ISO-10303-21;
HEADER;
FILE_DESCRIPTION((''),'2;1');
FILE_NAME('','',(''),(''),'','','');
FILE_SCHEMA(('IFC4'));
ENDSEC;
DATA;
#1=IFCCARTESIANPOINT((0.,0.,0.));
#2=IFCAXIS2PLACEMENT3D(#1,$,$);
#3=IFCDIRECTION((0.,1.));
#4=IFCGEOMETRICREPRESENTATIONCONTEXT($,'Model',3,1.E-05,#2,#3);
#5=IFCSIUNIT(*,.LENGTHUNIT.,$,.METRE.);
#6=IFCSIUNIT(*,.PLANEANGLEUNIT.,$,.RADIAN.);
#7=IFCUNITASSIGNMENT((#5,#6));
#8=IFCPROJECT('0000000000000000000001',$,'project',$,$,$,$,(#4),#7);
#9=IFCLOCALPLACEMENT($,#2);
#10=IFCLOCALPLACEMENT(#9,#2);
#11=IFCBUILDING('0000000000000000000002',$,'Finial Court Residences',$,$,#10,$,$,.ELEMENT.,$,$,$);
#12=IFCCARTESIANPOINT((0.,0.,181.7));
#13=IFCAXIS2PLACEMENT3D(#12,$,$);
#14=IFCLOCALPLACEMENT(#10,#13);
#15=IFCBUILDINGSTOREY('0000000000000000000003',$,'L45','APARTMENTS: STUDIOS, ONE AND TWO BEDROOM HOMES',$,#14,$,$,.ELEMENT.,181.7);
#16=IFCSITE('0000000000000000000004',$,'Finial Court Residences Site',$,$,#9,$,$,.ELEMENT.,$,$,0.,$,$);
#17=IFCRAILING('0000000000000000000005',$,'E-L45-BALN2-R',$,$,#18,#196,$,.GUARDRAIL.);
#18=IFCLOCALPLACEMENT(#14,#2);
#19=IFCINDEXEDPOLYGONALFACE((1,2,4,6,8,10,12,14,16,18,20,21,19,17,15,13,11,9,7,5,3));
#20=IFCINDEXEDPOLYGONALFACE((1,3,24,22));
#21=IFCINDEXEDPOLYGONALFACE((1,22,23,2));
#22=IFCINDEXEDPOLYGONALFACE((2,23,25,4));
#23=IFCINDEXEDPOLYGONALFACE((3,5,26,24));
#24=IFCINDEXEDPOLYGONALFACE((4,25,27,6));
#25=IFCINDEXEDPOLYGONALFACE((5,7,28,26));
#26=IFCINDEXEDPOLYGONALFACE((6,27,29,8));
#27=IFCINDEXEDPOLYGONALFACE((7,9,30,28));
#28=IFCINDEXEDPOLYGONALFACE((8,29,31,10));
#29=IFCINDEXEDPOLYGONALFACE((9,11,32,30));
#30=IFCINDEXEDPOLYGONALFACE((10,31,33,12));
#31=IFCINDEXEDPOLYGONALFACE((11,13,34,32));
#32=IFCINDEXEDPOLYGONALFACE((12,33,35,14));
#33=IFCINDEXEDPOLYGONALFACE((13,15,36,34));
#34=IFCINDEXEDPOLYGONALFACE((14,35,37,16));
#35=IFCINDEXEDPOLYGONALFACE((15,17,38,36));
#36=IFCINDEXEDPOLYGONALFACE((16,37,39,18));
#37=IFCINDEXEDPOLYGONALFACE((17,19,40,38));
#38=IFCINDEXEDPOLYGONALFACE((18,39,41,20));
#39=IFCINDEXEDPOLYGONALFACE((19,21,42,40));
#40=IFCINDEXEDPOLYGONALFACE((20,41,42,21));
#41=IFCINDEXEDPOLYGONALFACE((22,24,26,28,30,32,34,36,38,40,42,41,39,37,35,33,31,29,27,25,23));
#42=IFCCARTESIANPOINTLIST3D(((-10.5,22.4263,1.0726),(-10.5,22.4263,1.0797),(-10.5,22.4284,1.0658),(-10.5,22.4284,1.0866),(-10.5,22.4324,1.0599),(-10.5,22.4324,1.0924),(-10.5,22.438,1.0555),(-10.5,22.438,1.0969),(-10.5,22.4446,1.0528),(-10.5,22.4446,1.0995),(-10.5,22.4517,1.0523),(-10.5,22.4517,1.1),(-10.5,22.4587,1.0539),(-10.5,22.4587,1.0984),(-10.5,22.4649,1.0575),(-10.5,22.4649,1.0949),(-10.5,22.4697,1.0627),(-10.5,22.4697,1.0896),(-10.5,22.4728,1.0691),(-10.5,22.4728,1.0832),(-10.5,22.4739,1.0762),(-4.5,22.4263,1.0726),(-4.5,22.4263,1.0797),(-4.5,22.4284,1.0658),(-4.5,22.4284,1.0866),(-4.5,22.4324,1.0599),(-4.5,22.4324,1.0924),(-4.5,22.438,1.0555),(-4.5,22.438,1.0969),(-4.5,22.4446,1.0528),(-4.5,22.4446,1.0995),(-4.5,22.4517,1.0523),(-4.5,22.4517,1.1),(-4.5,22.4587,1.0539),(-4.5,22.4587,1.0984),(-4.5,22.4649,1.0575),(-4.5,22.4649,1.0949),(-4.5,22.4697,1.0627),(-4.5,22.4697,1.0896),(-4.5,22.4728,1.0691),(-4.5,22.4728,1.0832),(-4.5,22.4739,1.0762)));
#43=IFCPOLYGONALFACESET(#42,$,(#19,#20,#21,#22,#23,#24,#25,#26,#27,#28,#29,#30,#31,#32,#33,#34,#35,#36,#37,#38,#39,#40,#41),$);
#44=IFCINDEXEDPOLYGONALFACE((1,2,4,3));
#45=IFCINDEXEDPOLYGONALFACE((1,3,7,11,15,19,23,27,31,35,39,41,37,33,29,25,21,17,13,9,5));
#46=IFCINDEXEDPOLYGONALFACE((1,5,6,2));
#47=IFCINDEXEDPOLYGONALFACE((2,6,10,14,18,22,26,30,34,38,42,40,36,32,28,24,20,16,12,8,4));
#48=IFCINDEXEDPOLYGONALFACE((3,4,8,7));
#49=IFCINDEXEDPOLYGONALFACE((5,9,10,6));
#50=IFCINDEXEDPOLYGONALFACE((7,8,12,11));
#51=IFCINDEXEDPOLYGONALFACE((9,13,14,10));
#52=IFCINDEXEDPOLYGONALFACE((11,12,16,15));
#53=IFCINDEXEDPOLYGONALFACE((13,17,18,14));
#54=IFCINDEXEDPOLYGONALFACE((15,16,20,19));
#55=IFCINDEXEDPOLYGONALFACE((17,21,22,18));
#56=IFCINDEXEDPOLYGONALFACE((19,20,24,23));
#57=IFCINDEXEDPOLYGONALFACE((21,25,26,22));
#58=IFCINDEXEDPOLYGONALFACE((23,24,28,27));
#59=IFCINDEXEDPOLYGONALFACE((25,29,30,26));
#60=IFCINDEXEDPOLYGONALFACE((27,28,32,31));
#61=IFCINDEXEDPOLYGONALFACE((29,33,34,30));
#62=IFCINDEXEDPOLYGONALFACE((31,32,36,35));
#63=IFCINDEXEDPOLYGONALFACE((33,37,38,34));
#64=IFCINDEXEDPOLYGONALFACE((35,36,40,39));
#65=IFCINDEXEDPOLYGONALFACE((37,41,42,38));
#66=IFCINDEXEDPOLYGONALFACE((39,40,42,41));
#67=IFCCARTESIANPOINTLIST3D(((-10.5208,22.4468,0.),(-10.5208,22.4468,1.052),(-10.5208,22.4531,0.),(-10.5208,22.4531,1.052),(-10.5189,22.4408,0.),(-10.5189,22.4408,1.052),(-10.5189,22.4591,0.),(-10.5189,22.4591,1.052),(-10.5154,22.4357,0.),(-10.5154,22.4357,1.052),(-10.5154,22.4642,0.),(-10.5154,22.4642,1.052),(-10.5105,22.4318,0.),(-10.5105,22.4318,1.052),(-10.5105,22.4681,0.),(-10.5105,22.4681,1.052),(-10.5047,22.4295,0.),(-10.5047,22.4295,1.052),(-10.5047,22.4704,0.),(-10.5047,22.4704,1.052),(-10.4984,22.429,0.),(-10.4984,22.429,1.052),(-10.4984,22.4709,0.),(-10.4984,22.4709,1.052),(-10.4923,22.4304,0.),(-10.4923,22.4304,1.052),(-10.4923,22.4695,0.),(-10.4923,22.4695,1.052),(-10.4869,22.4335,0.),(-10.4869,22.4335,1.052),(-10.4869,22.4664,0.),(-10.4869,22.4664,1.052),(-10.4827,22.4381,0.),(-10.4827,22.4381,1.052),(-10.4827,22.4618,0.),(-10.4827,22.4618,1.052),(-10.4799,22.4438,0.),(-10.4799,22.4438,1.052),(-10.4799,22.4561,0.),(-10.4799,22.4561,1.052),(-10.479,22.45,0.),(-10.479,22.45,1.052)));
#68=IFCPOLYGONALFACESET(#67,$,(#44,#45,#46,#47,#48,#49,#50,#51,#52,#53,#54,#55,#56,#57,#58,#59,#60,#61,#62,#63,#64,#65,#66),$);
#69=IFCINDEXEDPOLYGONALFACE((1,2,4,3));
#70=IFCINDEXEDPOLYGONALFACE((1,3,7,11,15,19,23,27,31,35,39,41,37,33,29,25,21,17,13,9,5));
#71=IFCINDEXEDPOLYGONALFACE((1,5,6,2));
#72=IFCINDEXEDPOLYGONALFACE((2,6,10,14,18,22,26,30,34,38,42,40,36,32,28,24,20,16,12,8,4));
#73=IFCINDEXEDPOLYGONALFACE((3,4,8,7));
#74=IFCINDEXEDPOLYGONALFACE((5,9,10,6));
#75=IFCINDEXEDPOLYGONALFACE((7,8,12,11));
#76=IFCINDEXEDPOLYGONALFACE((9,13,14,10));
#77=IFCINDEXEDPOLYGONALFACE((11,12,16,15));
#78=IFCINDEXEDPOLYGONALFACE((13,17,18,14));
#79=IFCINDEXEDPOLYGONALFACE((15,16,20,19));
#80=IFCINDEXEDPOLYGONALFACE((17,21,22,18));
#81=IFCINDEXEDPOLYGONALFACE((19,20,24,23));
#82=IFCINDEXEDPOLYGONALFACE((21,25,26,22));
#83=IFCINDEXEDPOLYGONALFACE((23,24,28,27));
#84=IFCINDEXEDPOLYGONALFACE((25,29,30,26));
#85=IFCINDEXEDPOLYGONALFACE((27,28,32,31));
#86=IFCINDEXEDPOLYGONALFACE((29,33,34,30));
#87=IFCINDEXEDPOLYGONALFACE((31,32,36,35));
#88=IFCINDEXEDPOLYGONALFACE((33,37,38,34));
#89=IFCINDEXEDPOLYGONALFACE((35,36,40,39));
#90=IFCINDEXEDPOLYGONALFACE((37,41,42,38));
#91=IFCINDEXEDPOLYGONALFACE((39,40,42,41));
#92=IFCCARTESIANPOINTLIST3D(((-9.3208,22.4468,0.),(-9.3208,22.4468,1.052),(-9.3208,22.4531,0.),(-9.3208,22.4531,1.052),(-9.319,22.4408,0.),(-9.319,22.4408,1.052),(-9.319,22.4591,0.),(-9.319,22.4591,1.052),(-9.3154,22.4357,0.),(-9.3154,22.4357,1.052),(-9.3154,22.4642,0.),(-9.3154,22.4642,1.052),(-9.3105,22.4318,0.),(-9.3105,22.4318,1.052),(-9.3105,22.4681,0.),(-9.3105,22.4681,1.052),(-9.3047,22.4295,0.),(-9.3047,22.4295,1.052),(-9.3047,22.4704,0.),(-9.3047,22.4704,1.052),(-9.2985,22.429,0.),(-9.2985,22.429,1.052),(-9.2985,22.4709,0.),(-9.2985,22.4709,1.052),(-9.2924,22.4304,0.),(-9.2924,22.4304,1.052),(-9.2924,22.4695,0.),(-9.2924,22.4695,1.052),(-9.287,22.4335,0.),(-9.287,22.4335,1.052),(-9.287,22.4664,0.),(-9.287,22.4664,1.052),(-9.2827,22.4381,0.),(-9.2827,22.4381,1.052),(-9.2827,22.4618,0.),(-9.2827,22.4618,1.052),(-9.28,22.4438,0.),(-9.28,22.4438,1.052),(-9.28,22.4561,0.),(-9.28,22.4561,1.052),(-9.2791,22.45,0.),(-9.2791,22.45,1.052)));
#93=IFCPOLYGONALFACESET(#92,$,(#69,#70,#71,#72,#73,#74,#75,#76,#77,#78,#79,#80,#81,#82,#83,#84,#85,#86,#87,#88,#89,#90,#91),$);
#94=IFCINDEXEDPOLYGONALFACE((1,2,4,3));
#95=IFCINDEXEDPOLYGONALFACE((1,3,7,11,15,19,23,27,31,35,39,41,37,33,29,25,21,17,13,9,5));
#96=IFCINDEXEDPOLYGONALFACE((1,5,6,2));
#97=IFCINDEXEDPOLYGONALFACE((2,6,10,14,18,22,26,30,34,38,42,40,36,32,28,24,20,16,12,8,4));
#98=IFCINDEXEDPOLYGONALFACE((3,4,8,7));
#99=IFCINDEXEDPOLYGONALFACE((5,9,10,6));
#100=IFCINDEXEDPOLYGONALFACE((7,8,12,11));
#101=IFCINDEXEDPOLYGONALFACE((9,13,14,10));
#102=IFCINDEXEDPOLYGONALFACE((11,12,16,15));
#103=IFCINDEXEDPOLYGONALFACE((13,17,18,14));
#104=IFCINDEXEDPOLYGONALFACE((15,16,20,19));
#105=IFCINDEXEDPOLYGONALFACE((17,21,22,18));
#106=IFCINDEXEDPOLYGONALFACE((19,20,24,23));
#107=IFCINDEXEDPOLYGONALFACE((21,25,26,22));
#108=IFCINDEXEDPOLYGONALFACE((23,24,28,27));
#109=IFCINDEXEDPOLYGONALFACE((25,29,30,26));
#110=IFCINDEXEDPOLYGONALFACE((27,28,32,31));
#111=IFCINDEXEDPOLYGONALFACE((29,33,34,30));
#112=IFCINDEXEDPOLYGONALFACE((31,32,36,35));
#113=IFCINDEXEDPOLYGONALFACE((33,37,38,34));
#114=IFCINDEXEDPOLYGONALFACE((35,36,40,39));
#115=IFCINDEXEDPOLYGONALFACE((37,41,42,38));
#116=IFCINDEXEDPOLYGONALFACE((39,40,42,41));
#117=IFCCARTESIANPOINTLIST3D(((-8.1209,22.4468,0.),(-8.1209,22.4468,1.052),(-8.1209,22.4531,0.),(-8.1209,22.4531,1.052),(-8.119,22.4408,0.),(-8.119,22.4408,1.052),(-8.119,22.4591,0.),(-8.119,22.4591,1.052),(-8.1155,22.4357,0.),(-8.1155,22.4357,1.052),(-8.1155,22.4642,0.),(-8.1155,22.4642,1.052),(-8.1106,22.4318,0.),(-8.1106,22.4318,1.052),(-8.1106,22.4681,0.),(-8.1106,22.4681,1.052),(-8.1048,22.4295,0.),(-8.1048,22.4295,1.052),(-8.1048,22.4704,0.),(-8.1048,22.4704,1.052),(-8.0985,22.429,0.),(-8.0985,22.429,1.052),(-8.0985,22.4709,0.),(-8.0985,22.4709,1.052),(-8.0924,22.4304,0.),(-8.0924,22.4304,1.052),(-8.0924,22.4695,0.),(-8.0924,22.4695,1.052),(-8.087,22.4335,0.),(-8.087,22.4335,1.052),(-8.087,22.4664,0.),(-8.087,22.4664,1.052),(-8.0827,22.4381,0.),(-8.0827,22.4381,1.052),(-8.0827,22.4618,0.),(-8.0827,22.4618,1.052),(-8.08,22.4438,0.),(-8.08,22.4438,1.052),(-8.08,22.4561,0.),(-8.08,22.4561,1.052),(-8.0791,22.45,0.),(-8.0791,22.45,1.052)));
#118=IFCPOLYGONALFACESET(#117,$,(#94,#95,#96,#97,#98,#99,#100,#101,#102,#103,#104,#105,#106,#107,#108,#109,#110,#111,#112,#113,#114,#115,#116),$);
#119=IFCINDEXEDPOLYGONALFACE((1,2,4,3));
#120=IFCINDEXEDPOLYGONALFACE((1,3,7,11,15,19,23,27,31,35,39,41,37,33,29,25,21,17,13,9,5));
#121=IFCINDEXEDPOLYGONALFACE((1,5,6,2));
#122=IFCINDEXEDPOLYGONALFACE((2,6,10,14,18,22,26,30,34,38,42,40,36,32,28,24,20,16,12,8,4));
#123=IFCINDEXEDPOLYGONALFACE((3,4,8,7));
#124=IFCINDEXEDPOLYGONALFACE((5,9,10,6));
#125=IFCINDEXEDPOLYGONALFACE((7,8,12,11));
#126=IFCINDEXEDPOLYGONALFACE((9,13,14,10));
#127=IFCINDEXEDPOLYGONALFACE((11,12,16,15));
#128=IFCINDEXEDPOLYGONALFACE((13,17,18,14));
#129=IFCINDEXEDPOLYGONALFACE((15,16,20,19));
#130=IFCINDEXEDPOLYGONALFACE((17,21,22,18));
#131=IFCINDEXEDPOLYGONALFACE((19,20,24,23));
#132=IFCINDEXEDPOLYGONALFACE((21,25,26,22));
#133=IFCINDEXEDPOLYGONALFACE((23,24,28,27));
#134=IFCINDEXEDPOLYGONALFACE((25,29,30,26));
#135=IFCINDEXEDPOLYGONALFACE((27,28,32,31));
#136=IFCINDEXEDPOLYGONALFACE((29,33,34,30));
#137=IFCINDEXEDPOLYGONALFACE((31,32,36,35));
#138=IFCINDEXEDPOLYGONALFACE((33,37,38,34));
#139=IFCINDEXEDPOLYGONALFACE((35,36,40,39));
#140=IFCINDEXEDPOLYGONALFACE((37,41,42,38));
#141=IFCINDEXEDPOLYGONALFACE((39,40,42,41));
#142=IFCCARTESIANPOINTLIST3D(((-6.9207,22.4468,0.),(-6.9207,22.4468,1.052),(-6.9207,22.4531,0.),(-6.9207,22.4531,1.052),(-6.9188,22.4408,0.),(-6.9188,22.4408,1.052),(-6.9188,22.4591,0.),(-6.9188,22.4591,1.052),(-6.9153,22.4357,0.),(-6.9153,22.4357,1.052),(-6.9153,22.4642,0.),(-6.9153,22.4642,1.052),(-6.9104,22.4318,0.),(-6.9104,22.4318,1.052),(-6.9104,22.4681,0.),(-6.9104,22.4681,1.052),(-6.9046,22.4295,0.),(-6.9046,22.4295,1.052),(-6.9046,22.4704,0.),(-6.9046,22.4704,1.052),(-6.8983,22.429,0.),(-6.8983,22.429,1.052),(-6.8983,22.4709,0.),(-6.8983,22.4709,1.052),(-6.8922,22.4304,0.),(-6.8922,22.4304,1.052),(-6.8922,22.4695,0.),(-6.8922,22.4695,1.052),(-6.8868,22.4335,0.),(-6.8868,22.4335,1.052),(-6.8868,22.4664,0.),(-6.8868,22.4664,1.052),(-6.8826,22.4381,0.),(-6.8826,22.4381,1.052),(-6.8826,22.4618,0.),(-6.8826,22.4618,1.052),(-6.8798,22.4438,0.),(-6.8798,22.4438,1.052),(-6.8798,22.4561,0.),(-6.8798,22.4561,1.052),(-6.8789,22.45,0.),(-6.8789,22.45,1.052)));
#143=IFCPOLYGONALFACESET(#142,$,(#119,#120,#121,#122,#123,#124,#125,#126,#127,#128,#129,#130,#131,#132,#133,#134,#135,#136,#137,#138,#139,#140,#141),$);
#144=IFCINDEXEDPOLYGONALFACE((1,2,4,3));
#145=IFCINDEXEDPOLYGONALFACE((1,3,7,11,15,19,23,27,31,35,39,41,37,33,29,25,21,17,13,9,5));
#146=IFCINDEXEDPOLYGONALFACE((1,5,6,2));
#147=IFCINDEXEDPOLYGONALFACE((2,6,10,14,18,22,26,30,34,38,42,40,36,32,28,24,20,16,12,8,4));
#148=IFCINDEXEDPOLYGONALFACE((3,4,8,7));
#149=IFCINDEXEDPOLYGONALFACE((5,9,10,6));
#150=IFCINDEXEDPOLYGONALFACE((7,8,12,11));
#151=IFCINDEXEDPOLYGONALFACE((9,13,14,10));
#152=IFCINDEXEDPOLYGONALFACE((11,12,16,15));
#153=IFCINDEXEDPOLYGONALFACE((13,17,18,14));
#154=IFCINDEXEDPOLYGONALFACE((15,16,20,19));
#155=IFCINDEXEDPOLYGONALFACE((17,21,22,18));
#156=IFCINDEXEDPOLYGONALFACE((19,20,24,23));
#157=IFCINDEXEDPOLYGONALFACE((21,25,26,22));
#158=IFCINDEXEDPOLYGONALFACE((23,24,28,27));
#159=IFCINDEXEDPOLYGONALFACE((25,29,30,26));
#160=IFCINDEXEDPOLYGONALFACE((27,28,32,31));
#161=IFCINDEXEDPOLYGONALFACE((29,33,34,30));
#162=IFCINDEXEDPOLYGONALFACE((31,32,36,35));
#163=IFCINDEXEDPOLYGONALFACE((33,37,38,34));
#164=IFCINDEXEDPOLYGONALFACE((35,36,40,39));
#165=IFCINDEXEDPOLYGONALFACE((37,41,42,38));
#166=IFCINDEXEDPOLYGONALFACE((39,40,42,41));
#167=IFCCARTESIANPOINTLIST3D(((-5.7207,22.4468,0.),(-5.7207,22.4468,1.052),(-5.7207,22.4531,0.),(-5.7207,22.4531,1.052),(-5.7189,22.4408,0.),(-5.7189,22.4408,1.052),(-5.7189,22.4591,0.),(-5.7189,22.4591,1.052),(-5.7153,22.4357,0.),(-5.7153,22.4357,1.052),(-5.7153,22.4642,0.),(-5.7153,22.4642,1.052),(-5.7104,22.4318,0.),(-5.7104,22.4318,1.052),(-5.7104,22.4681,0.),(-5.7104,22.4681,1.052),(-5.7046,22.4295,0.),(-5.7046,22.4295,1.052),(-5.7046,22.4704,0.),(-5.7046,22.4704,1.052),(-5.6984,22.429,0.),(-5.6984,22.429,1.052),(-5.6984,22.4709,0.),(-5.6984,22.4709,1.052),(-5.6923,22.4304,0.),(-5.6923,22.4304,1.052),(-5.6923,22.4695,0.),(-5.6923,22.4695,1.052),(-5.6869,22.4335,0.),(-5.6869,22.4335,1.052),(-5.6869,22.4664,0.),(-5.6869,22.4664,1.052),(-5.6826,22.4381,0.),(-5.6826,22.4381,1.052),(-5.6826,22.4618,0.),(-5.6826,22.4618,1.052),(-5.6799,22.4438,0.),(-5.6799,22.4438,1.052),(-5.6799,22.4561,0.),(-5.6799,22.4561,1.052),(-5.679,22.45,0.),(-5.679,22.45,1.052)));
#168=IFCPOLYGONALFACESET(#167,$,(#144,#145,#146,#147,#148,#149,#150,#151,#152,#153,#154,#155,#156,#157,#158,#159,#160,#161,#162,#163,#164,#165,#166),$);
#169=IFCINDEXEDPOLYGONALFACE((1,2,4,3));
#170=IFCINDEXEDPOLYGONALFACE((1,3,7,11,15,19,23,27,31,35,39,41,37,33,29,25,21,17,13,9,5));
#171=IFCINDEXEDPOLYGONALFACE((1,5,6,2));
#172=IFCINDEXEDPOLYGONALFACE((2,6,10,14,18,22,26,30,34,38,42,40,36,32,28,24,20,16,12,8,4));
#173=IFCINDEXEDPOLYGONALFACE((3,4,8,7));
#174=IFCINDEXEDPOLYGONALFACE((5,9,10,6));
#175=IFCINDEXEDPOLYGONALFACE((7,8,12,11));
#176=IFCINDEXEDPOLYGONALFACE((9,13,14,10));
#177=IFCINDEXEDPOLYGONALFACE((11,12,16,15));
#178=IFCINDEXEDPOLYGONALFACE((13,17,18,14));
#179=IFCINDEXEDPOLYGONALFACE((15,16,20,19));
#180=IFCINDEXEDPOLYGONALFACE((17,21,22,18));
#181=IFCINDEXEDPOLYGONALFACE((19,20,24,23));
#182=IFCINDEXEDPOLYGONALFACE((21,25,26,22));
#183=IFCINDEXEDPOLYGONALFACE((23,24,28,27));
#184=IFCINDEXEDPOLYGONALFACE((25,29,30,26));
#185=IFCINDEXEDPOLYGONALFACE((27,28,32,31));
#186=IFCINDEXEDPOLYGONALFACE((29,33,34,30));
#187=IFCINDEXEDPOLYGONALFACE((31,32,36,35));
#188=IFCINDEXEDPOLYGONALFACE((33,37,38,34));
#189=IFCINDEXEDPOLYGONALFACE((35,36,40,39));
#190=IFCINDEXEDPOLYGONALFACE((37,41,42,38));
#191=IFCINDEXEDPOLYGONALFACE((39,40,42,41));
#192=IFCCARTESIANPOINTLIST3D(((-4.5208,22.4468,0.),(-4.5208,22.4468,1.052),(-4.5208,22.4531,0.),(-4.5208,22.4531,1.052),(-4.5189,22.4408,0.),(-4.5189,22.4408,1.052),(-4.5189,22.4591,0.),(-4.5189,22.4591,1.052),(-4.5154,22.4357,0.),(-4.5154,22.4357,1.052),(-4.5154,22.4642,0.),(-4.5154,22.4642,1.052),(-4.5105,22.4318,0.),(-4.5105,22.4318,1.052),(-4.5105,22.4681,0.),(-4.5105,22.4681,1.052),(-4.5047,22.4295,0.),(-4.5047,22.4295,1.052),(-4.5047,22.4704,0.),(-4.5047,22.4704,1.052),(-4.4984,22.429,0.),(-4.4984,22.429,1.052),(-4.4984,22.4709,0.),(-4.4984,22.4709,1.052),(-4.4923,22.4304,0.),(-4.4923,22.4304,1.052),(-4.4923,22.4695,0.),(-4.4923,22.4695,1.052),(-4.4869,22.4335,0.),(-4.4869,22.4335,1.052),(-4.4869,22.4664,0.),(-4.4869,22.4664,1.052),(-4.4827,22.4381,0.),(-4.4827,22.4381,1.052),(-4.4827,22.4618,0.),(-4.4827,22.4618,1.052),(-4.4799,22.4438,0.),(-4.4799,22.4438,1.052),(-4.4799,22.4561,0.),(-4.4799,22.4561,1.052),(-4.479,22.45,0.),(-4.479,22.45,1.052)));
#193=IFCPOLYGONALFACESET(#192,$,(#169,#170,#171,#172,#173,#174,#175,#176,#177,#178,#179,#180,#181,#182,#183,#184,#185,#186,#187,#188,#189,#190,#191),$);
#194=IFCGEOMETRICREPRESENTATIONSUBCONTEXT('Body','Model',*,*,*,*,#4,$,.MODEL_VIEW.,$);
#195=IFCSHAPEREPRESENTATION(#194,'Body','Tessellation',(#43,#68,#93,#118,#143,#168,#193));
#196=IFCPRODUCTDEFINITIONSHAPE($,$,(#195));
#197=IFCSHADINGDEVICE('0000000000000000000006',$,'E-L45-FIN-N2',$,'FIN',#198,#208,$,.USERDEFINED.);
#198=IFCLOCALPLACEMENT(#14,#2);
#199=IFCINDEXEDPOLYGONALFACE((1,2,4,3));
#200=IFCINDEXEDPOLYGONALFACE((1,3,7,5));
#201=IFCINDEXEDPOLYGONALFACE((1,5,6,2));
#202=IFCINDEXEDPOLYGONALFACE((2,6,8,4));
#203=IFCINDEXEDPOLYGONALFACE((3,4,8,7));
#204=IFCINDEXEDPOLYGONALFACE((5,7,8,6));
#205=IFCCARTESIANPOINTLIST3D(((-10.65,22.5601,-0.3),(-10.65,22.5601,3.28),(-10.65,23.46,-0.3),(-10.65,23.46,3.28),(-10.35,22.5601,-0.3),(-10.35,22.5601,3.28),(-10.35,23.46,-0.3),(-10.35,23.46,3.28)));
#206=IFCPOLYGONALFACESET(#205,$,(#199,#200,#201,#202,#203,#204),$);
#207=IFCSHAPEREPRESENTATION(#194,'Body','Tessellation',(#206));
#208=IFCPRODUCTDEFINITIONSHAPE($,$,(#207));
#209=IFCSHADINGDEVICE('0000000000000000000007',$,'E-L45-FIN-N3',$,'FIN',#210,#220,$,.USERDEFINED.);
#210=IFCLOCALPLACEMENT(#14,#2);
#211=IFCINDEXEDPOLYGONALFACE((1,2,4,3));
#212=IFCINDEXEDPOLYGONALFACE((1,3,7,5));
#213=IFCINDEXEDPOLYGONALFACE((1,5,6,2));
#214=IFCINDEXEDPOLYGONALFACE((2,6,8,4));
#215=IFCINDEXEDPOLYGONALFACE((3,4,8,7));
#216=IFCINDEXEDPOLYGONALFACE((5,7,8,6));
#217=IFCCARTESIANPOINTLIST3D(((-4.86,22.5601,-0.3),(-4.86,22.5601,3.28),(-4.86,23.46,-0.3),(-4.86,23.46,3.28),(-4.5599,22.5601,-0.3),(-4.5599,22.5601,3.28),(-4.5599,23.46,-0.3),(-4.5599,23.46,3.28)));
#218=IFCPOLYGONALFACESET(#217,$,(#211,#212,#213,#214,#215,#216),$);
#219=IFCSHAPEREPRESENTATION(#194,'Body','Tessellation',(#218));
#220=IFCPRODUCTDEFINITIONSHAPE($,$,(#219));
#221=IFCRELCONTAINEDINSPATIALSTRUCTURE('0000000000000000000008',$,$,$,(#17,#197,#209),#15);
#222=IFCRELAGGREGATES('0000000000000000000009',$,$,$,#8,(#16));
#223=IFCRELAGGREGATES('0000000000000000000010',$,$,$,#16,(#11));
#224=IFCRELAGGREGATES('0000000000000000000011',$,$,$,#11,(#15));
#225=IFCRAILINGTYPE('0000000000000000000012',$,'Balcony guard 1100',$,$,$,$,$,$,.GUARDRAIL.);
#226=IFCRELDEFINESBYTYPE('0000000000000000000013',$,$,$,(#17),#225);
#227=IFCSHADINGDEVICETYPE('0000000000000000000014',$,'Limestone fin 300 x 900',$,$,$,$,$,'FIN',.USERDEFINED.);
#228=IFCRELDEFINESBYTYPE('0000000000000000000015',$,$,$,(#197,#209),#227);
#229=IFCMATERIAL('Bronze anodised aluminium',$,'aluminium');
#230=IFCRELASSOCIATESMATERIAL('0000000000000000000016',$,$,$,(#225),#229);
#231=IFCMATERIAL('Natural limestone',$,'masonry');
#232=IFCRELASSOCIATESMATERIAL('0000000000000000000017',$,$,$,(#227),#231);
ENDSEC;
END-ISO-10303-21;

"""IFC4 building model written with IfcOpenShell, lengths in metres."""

from ifc_helpers import new_model, si_unit, direction, frame, origin, origin_2d, place, context, subcontext, project, spatial, rectangle, circle, extrude, material, type_object, element, save


model = new_model("IFC4")

# Units and contexts
model_context = context("Model", 3, precision=1e-05, world=origin(), true_north=direction((0.0, 1.0)))
body_context = subcontext(model_context, "Body", "Model", "MODEL_VIEW")
ifc_project = project(units=[si_unit("LENGTHUNIT", "METRE"), si_unit("PLANEANGLEUNIT", "RADIAN")], contexts=[model_context])

# Site, building, storey
site_placement = place(None, origin())
site = spatial("IfcSite", under=ifc_project, at=site_placement, Name="Finial Court Residences Site", CompositionType="ELEMENT", RefElevation=0.0)
building_placement = place(site_placement, origin())
building = spatial("IfcBuilding", under=site, at=building_placement, Name="Finial Court Residences", CompositionType="ELEMENT")
storey_placement = place(building_placement, frame((0.0, 0.0, 181.7)))
storey = spatial("IfcBuildingStorey", under=building, at=storey_placement, Name="L45", Description="APARTMENTS: STUDIOS, ONE AND TWO BEDROOM HOMES", CompositionType="ELEMENT", Elevation=181.7)

# Shared definitions
ifc_material_1 = material(Name="Bronze anodised aluminium", Category="aluminium")

# Shared definitions
ifc_material_2 = material(Name="Natural limestone", Category="masonry")

# Railing
railing_type = type_object("IfcRailingType", Name="Balcony guard 1100", PredefinedType="GUARDRAIL", material=ifc_material_1)
railing_placement = place(storey_placement, frame((-10.5, 22.45, 0.0)))
element("IfcRailing", 1, at=railing_placement, inside=storey, type_object=railing_type, Name="E-L45-BALN2-R", PredefinedType="GUARDRAIL", context=body_context, shape_type="SweptSolid", body=[
    extrude(circle(Radius=0.0239, at=origin_2d()), frame((0.0, 0.0, 1.0762), z_axis=(1.0, 0.0, 0.0), x_axis=(0.0, 1.0, 0.0)), (0.0, 0.0, 1.0), 6.0),
    extrude(circle(Radius=0.021, at=origin_2d()), origin(), (0.0, 0.0, 1.0), 1.052),
    extrude(circle(Radius=0.021, at=origin_2d()), frame((1.2, 0.0, 0.0)), (0.0, 0.0, 1.0), 1.052),
    extrude(circle(Radius=0.021, at=origin_2d()), frame((2.3999, 0.0, 0.0)), (0.0, 0.0, 1.0), 1.052),
    extrude(circle(Radius=0.021, at=origin_2d()), frame((3.6001, 0.0, 0.0)), (0.0, 0.0, 1.0), 1.052),
    extrude(circle(Radius=0.021, at=origin_2d()), frame((4.8, 0.0, 0.0)), (0.0, 0.0, 1.0), 1.052),
    extrude(circle(Radius=0.021, at=origin_2d()), frame((6.0, 0.0, 0.0)), (0.0, 0.0, 1.0), 1.052),
])

# Shading devices
shading_device_type = type_object("IfcShadingDeviceType", Name="Limestone fin 300 x 900", ElementType="FIN", PredefinedType="USERDEFINED", material=ifc_material_2)
for number, where, z_axis, x_axis, name in (
    (2, (-10.5, 23.01, -0.3), (0.0, 0.0, 1.0), (1.0, 0.0, 0.0), "E-L45-FIN-N2"),
    (3, (-4.71, 23.01, -0.3), (0.0, 0.0, 1.0), (1.0, 0.0, 0.0), "E-L45-FIN-N3"),
):
    element("IfcShadingDevice", number, at=place(storey_placement, frame(where, z_axis=z_axis, x_axis=x_axis)), inside=storey, type_object=shading_device_type, Name=name, ObjectType="FIN", PredefinedType="USERDEFINED", context=body_context, shape_type="SweptSolid", body=[
        extrude(rectangle(XDim=0.3, YDim=0.8999, at=origin_2d()), origin(), (0.0, 0.0, 1.0), 3.5801),
    ])

save(model, "model.ifc")
